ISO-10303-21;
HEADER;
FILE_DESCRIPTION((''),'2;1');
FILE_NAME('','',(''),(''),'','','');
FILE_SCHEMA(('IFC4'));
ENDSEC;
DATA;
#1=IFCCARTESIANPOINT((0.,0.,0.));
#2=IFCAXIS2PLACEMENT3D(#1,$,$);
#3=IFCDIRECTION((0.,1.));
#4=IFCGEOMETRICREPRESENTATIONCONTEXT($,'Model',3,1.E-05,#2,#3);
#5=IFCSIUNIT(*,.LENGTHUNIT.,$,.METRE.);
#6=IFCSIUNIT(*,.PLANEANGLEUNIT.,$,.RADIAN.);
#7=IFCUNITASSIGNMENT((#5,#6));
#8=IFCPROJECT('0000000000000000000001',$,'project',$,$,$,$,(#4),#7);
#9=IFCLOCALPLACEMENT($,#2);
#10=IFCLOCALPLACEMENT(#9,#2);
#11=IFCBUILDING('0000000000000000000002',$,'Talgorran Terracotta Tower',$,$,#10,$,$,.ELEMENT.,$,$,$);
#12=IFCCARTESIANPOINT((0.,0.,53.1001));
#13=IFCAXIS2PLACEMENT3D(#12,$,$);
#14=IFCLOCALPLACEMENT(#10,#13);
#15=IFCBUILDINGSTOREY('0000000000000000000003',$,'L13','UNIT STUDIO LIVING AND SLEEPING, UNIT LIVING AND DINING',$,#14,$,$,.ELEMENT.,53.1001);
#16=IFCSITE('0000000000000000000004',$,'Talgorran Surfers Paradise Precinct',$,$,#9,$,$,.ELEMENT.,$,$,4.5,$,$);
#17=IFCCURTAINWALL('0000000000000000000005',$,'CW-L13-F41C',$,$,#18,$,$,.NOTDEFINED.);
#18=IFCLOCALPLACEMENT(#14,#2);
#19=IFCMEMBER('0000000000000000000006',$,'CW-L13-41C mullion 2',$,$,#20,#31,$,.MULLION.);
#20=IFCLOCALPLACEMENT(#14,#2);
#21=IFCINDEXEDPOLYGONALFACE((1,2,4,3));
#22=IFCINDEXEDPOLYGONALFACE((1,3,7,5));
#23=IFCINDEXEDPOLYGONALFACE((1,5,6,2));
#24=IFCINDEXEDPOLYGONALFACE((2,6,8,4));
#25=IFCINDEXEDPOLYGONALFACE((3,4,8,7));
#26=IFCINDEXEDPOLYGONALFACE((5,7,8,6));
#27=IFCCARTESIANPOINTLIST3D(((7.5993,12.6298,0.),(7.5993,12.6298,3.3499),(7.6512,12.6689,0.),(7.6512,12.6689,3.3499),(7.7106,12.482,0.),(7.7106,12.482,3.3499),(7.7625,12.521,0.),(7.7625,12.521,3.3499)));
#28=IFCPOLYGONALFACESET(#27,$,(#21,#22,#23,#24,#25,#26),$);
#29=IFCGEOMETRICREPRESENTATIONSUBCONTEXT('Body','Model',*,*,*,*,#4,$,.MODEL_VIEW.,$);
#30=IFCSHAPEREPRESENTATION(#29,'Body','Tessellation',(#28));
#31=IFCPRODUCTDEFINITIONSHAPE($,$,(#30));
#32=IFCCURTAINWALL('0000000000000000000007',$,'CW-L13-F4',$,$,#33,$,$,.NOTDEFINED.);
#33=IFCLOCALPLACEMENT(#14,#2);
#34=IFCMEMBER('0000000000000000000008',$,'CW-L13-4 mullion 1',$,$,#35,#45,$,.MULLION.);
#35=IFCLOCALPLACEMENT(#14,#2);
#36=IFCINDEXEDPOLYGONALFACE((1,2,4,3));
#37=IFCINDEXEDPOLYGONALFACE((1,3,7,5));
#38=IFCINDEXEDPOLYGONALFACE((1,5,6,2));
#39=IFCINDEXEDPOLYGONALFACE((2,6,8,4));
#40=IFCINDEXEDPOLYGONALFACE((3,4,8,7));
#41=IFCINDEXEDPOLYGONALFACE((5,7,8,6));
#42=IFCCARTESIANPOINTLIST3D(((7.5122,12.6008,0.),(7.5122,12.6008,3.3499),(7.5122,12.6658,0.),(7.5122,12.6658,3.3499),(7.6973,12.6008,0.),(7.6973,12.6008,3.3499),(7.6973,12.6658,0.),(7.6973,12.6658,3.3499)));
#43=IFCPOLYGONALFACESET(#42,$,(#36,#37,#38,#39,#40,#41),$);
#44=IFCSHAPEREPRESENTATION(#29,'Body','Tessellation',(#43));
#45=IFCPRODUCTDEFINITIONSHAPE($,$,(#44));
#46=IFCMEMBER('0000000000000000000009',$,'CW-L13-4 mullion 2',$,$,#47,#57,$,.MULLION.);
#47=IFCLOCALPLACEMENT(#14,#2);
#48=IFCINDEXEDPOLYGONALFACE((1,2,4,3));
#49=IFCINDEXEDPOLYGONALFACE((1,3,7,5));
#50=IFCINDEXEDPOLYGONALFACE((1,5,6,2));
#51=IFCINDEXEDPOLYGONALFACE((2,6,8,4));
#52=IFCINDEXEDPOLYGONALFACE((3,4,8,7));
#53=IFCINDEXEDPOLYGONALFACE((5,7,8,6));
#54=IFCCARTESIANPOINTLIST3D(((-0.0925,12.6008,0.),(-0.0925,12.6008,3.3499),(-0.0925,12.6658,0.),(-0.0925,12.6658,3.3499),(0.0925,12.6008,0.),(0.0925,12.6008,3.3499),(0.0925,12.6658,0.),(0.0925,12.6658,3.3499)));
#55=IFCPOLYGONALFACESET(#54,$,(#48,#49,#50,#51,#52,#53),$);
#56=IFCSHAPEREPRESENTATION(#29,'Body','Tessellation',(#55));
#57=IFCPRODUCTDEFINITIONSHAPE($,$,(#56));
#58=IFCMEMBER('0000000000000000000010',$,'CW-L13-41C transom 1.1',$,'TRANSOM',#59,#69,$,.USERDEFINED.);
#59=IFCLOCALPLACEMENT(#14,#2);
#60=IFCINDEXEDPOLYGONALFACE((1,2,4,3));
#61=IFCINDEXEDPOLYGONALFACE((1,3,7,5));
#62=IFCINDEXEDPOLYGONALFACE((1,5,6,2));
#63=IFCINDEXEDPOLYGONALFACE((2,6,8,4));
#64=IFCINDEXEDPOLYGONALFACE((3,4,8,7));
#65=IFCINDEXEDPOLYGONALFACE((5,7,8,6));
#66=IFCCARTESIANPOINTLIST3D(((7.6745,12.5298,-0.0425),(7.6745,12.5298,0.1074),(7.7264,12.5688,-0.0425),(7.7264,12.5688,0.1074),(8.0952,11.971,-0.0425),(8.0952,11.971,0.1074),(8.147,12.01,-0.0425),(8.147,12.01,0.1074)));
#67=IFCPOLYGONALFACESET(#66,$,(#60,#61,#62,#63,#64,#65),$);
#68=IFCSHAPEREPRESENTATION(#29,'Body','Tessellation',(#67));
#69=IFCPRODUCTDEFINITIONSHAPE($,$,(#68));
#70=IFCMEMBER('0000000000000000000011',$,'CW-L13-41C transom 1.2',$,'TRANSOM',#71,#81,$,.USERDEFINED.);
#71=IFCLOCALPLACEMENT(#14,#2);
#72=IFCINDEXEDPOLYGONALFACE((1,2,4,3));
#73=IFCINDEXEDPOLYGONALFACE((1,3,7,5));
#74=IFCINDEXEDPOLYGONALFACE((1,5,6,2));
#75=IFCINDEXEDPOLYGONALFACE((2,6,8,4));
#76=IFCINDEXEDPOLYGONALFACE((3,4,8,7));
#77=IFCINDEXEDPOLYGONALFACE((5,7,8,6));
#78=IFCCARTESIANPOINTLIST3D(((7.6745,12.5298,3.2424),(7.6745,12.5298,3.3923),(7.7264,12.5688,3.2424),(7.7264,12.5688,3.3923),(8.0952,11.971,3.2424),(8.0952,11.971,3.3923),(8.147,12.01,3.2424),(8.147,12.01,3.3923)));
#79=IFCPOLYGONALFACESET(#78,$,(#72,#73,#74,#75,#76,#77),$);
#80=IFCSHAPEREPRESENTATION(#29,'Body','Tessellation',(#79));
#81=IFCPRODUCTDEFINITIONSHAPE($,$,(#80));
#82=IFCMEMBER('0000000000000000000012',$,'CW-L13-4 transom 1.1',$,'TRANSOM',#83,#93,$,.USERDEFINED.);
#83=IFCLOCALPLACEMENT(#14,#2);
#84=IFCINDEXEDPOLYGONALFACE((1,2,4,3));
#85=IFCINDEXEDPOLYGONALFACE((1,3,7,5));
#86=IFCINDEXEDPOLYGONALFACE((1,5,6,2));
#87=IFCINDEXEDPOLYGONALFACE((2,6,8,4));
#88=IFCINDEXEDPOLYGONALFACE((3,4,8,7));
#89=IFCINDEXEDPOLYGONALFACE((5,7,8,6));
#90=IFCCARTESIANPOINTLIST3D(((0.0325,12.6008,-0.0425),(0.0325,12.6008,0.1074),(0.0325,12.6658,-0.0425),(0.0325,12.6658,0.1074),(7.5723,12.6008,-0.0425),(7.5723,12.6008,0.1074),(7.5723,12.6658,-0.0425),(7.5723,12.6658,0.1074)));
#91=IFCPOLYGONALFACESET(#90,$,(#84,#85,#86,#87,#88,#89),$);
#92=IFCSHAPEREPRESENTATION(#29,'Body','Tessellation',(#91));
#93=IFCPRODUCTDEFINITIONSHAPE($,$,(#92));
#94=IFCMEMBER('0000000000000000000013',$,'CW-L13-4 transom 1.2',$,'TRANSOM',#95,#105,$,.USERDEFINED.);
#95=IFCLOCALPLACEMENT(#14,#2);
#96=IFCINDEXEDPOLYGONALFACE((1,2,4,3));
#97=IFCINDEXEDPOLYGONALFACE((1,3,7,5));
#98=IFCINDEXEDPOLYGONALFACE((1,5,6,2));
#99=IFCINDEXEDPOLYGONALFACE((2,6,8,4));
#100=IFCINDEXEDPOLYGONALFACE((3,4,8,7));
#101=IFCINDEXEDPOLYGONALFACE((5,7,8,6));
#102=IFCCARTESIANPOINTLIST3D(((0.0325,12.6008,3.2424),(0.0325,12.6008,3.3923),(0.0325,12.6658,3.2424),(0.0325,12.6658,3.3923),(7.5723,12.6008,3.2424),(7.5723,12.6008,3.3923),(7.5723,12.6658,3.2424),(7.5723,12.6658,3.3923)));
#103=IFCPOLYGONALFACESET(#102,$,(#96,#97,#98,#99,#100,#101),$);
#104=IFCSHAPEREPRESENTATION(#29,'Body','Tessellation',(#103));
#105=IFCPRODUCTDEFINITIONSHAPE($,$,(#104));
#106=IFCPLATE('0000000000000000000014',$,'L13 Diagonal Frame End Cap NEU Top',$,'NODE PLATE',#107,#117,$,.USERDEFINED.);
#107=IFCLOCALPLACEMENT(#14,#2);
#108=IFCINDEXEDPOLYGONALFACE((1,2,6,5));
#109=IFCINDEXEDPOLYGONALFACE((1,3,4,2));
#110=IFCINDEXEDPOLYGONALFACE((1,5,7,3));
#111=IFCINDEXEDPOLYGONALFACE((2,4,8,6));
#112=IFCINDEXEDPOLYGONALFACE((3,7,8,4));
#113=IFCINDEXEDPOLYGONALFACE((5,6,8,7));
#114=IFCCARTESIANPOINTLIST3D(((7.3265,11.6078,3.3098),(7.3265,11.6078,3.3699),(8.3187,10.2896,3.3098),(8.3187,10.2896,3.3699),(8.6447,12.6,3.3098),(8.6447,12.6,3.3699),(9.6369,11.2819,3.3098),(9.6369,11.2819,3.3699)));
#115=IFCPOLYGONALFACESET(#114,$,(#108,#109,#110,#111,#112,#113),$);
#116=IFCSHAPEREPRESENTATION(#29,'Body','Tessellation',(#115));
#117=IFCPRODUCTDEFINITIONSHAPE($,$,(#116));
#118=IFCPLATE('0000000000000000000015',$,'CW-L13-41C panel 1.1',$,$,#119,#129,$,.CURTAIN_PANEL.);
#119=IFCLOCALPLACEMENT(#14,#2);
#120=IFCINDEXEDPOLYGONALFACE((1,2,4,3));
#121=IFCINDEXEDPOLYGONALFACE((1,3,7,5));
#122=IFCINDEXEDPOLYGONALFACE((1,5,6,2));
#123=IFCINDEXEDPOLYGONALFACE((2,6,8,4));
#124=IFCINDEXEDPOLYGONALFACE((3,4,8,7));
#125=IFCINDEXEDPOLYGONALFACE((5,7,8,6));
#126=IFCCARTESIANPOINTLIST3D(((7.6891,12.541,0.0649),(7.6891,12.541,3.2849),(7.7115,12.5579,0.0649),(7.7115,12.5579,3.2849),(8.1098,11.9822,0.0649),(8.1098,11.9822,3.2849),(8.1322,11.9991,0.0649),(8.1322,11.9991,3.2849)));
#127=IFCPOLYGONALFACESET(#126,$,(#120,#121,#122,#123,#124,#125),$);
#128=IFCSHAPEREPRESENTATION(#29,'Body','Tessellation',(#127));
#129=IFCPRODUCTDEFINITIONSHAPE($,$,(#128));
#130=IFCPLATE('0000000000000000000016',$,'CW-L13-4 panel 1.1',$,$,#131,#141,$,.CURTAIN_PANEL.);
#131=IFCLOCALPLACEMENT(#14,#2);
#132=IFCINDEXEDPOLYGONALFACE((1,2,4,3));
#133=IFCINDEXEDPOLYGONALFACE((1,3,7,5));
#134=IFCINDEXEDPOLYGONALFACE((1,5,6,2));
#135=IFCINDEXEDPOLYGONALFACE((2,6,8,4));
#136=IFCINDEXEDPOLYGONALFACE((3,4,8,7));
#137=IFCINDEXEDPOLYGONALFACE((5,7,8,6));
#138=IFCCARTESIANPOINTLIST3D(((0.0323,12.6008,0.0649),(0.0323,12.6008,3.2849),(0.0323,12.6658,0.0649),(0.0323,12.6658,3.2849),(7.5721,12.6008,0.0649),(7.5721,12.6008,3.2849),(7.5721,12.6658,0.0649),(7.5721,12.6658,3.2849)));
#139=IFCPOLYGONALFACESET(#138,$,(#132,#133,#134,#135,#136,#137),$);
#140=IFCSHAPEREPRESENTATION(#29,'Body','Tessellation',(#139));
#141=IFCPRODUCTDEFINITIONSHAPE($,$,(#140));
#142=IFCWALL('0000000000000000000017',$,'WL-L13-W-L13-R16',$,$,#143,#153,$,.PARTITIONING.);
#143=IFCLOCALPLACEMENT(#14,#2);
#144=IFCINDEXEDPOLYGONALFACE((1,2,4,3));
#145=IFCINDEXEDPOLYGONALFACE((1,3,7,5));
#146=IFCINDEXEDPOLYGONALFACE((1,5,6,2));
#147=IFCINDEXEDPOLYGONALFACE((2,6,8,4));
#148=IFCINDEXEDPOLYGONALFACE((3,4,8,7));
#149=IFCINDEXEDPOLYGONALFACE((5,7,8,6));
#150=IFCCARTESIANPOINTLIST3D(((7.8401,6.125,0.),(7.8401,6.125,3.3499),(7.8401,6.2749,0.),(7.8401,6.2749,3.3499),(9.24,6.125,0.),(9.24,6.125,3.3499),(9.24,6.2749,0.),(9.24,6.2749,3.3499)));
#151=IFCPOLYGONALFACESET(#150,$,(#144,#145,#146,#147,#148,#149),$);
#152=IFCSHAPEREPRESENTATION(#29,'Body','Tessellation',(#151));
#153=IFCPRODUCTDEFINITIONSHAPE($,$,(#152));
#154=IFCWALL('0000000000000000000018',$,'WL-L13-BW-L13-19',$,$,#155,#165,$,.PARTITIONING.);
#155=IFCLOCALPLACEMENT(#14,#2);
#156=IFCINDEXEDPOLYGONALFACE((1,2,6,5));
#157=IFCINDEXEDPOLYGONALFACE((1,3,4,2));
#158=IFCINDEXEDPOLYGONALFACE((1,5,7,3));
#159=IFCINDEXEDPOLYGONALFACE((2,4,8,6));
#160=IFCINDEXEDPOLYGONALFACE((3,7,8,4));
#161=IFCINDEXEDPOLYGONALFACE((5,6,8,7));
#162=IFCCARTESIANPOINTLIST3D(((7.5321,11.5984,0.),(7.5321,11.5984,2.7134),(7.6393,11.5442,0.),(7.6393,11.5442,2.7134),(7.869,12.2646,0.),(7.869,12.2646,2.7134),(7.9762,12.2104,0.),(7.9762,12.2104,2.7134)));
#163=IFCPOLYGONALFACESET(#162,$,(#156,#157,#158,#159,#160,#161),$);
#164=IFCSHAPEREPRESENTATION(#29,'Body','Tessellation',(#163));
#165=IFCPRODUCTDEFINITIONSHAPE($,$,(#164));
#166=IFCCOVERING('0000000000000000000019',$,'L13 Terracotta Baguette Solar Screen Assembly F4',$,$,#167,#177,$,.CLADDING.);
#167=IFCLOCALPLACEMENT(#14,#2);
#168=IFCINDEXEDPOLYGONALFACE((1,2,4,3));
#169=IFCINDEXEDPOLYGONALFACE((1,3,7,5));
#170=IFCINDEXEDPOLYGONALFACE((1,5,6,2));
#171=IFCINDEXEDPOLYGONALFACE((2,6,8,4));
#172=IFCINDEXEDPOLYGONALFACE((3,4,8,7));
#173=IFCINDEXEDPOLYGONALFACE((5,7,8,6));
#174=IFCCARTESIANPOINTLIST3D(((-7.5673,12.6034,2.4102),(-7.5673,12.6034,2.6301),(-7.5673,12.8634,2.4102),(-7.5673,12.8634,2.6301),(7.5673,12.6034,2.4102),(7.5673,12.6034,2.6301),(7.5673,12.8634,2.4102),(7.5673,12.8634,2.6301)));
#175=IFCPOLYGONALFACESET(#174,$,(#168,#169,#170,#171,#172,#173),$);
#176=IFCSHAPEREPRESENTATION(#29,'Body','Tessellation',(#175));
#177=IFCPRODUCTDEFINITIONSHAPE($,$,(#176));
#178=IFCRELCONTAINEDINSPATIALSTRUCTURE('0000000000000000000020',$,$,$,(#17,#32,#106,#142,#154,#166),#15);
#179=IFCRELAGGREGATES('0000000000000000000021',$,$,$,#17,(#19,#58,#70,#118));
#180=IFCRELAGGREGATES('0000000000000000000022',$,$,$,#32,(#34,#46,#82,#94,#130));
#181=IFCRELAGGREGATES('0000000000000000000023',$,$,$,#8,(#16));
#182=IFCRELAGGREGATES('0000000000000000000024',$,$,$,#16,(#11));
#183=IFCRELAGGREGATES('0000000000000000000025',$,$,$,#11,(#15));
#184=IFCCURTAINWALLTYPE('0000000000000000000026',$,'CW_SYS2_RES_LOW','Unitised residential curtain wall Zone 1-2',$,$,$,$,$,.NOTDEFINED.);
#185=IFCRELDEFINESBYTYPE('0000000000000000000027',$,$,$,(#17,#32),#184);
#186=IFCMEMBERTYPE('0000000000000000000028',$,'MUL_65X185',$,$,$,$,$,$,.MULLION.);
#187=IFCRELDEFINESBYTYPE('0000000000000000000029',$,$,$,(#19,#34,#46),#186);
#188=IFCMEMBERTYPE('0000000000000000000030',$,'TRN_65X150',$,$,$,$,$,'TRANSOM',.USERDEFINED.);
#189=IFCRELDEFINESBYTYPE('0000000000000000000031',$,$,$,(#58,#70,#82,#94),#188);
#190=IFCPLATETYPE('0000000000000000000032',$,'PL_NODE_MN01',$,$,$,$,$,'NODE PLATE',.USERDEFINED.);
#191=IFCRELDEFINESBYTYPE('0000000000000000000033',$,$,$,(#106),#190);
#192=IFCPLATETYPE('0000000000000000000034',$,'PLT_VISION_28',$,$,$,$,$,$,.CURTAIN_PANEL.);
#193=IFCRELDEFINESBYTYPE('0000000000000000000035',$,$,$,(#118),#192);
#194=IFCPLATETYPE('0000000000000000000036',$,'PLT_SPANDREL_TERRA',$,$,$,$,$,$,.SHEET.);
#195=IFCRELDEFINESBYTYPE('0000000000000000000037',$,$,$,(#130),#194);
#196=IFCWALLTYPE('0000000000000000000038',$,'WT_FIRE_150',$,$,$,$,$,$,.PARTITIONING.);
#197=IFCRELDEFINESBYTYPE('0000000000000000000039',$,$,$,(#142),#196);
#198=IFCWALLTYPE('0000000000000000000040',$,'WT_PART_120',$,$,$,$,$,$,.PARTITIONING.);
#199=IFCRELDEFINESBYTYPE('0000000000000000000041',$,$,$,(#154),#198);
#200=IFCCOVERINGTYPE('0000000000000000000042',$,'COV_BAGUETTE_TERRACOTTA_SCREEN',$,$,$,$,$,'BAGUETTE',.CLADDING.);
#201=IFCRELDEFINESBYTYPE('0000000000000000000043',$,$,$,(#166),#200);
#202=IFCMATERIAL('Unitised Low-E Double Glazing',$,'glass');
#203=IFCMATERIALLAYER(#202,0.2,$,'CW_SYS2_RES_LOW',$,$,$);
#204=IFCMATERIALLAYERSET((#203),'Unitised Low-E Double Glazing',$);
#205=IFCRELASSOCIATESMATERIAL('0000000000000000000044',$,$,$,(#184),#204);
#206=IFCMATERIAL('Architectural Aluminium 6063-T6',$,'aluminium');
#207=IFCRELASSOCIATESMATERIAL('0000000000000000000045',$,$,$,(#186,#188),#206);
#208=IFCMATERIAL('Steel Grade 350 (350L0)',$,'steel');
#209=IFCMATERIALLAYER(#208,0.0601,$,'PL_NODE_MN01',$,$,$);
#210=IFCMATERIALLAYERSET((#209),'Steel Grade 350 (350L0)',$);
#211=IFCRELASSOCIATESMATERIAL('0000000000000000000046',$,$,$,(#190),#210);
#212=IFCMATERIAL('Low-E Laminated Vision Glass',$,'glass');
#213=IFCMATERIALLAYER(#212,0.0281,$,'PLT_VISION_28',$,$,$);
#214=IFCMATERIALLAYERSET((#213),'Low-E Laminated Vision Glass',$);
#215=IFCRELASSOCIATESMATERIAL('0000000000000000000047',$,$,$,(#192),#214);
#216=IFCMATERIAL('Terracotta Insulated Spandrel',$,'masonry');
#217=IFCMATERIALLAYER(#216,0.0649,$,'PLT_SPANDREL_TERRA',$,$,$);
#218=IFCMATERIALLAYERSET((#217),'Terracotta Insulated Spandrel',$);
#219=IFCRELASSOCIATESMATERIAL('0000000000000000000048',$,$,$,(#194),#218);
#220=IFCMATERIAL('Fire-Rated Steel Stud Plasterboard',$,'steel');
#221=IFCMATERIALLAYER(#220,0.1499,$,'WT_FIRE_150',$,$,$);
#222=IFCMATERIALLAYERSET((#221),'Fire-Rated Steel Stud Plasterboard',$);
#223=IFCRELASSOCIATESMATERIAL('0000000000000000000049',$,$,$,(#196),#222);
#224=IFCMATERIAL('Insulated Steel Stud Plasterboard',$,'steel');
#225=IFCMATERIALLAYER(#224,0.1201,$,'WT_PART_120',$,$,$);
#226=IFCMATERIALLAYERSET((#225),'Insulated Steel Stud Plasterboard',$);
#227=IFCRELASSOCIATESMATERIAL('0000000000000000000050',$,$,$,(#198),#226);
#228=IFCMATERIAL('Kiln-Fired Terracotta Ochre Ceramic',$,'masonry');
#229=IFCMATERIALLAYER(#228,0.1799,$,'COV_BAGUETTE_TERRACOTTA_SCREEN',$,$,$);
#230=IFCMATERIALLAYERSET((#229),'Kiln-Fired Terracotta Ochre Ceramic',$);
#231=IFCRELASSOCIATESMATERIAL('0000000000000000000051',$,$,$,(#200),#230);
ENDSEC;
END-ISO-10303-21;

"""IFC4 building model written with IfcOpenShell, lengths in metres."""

from ifc_helpers import new_model, si_unit, direction, frame, frame_2d, origin, origin_2d, place, context, subcontext, project, spatial, rectangle, extrude, source, transform, mapped, material, layer, layer_set, material_profile, profile_set, type_object, type_shapes, element, aggregate, save


model = new_model("IFC4")

# Units and contexts
model_context = context("Model", 3, precision=1e-05, world=origin(), true_north=direction((0.0, 1.0)))
body_context = subcontext(model_context, "Body", "Model", "MODEL_VIEW")
ifc_project = project(units=[si_unit("LENGTHUNIT", "METRE"), si_unit("PLANEANGLEUNIT", "RADIAN")], contexts=[model_context])

# Site, building, storey
site_placement = place(None, origin())
site = spatial("IfcSite", under=ifc_project, at=site_placement, Name="Talgorran Surfers Paradise Precinct", CompositionType="ELEMENT", RefElevation=4.5)
building_placement = place(site_placement, origin())
building = spatial("IfcBuilding", under=site, at=building_placement, Name="Talgorran Terracotta Tower", CompositionType="ELEMENT")
storey_placement = place(building_placement, frame((0.0, 0.0, 53.1001)))
storey = spatial("IfcBuildingStorey", under=building, at=storey_placement, Name="L13", Description="UNIT STUDIO LIVING AND SLEEPING, UNIT LIVING AND DINING", CompositionType="ELEMENT", Elevation=53.1001)

# Shared definitions
ifc_material_1 = material(Name="Steel Grade 350 (350L0)", Category="steel")

# Shared definitions
ifc_material_2 = material(Name="Unitised Low-E Double Glazing", Category="glass")
ifc_layer_1 = layer(ifc_material_2, 0.2, Name="CW_SYS2_RES_LOW")
ifc_layer_set_1 = layer_set([ifc_layer_1], Name="Unitised Low-E Double Glazing")
curtain_wall_type = type_object("IfcCurtainWallType", Name="CW_SYS2_RES_LOW", Description="Unitised residential curtain wall Zone 1-2", PredefinedType="NOTDEFINED", material=ifc_layer_set_1)
ifc_material_3 = material(Name="Architectural Aluminium 6063-T6", Category="aluminium")
ifc_material_profile_1 = material_profile(ifc_material_3, rectangle(XDim=0.0649, YDim=0.1851, at=origin_2d()), Name="CWM65X185")
ifc_profile_set_1 = profile_set([ifc_material_profile_1], Name="Architectural Aluminium 6063-T6")
member_type_1 = type_object("IfcMemberType", Name="MUL_65X185", PredefinedType="MULLION", material=ifc_profile_set_1)

# Curtain walls, members
curtain_wall_1_placement = place(storey_placement, origin())
curtain_wall_1 = element("IfcCurtainWall", 1, at=curtain_wall_1_placement, inside=storey, type_object=curtain_wall_type, Name="CW-L13-F41C", PredefinedType="NOTDEFINED")
member_1_placement = place(storey_placement, frame((7.6809, 12.5754, 0.0), z_axis=(0.0, 0.0, 1.0), x_axis=(-0.798914, -0.601446, 0.0)))
member_1 = element("IfcMember", 2, at=member_1_placement, type_object=member_type_1, Name="CW-L13-41C mullion 2", PredefinedType="MULLION", context=body_context, shape_type="SweptSolid", body=[
    extrude(rectangle(XDim=0.0649, YDim=0.1851, at=origin_2d()), origin(), (0.0, 0.0, 1.0), 3.3499),
])
curtain_wall_2_placement = place(storey_placement, origin())
curtain_wall_2 = element("IfcCurtainWall", 3, at=curtain_wall_2_placement, inside=storey, type_object=curtain_wall_type, Name="CW-L13-F4", PredefinedType="NOTDEFINED")
member_2_placement = place(storey_placement, frame((7.6047, 12.6333, 0.0), z_axis=(0.0, 0.0, 1.0), x_axis=(0.0, -1.0, 0.0)))
member_2 = element("IfcMember", 4, at=member_2_placement, type_object=member_type_1, Name="CW-L13-4 mullion 1", PredefinedType="MULLION", context=body_context, shape_type="SweptSolid", body=[
    extrude(rectangle(XDim=0.0649, YDim=0.1851, at=origin_2d()), origin(), (0.0, 0.0, 1.0), 3.3499),
])
member_3_placement = place(storey_placement, frame((0.0, 12.6333, 0.0), z_axis=(0.0, 0.0, 1.0), x_axis=(0.0, -1.0, 0.0)))
member_3 = element("IfcMember", 5, at=member_3_placement, type_object=member_type_1, Name="CW-L13-4 mullion 2", PredefinedType="MULLION", context=body_context, shape_type="SweptSolid", body=[
    extrude(rectangle(XDim=0.0649, YDim=0.1851, at=origin_2d()), origin(), (0.0, 0.0, 1.0), 3.3499),
])

# Members
ifc_material_profile_2 = material_profile(ifc_material_3, rectangle(XDim=0.0649, YDim=0.1499, at=origin_2d()), Name="CWT65X150")
ifc_profile_set_2 = profile_set([ifc_material_profile_2], Name="Architectural Aluminium 6063-T6")
member_type_2 = type_object("IfcMemberType", Name="TRN_65X150", ElementType="TRANSOM", PredefinedType="USERDEFINED", material=ifc_profile_set_2)
member_4_placement = place(storey_placement, frame((8.1211, 11.9905, 0.0325), z_axis=(-0.601395, 0.798952, 0.0), x_axis=(-0.798952, -0.601395, 0.0)))
member_4 = element("IfcMember", 6, at=member_4_placement, type_object=member_type_2, Name="CW-L13-41C transom 1.1", ObjectType="TRANSOM", PredefinedType="USERDEFINED", context=body_context, shape_type="SweptSolid", body=[
    extrude(rectangle(XDim=0.0649, YDim=0.1499, at=origin_2d()), origin(), (0.0, 0.0, 1.0), 0.6995),
])
member_5_placement = place(storey_placement, frame((8.1211, 11.9905, 3.3174), z_axis=(-0.601395, 0.798952, 0.0), x_axis=(-0.798952, -0.601395, 0.0)))
member_5 = element("IfcMember", 7, at=member_5_placement, type_object=member_type_2, Name="CW-L13-41C transom 1.2", ObjectType="TRANSOM", PredefinedType="USERDEFINED", context=body_context, shape_type="SweptSolid", body=[
    extrude(rectangle(XDim=0.0649, YDim=0.1499, at=origin_2d()), origin(), (0.0, 0.0, 1.0), 0.6995),
])
member_6_placement = place(storey_placement, frame((7.5723, 12.6333, 0.0325), z_axis=(-1.0, 0.0, 0.0), x_axis=(0.0, -1.0, 0.0)))
member_6 = element("IfcMember", 8, at=member_6_placement, type_object=member_type_2, Name="CW-L13-4 transom 1.1", ObjectType="TRANSOM", PredefinedType="USERDEFINED", context=body_context, shape_type="SweptSolid", body=[
    extrude(rectangle(XDim=0.0649, YDim=0.1499, at=origin_2d()), origin(), (0.0, 0.0, 1.0), 7.5398),
])
member_7_placement = place(storey_placement, frame((7.5723, 12.6333, 3.3174), z_axis=(-1.0, 0.0, 0.0), x_axis=(0.0, -1.0, 0.0)))
member_7 = element("IfcMember", 9, at=member_7_placement, type_object=member_type_2, Name="CW-L13-4 transom 1.2", ObjectType="TRANSOM", PredefinedType="USERDEFINED", context=body_context, shape_type="SweptSolid", body=[
    extrude(rectangle(XDim=0.0649, YDim=0.1499, at=origin_2d()), origin(), (0.0, 0.0, 1.0), 7.5398),
])

# Plates
ifc_layer_2 = layer(ifc_material_1, 0.0601, Name="PL_NODE_MN01")
ifc_layer_set_2 = layer_set([ifc_layer_2], Name="Steel Grade 350 (350L0)")
plate_type_1 = type_object("IfcPlateType", Name="PL_NODE_MN01", ElementType="NODE PLATE", PredefinedType="USERDEFINED", material=ifc_layer_set_2)
plate_1_placement = place(storey_placement, frame((8.4817, 11.4448, 3.3098), z_axis=(0.0, 0.0, 1.0), x_axis=(-0.601397, 0.798951, 0.0)))
element("IfcPlate", 10, at=plate_1_placement, inside=storey, type_object=plate_type_1, Name="L13 Diagonal Frame End Cap NEU Top", ObjectType="NODE PLATE", PredefinedType="USERDEFINED", context=body_context, shape_type="SweptSolid", body=[
    extrude(rectangle(XDim=1.6499, YDim=1.6499, at=origin_2d()), origin(), (0.0, 0.0, 1.0), 0.0601),
])
ifc_material_4 = material(Name="Low-E Laminated Vision Glass", Category="glass")
ifc_layer_3 = layer(ifc_material_4, 0.0281, Name="PLT_VISION_28")
ifc_layer_set_3 = layer_set([ifc_layer_3], Name="Low-E Laminated Vision Glass")
plate_type_2 = type_object("IfcPlateType", Name="PLT_VISION_28", PredefinedType="CURTAIN_PANEL", material=ifc_layer_set_3)
shared_shape_1 = source(origin(), body_context, "Body", "SweptSolid", [
    extrude(rectangle(XDim=0.6995, YDim=0.0281, at=origin_2d()), origin(), (0.0, 0.0, 1.0), 3.22),
])
type_shapes(plate_type_2, [shared_shape_1])
plate_2_placement = place(storey_placement, frame((7.9106, 12.27, 0.0649), z_axis=(0.0, 0.0, 1.0), x_axis=(-0.601446, 0.798914, 0.0)))
plate_2 = element("IfcPlate", 11, at=plate_2_placement, type_object=plate_type_2, Name="CW-L13-41C panel 1.1", PredefinedType="CURTAIN_PANEL", context=body_context, shape_type="MappedRepresentation", body=[
    mapped(shared_shape_1, transform((0.0, 0.0, 0.0), scale=1.0)),
])
aggregate(curtain_wall_1, [member_1, member_4, member_5, plate_2])
ifc_material_5 = material(Name="Terracotta Insulated Spandrel", Category="masonry")
ifc_layer_4 = layer(ifc_material_5, 0.0649, Name="PLT_SPANDREL_TERRA")
ifc_layer_set_4 = layer_set([ifc_layer_4], Name="Terracotta Insulated Spandrel")
plate_type_3 = type_object("IfcPlateType", Name="PLT_SPANDREL_TERRA", PredefinedType="SHEET", material=ifc_layer_set_4)
shared_shape_2 = source(origin(), body_context, "Body", "SweptSolid", [
    extrude(rectangle(XDim=7.5398, YDim=0.0649, at=origin_2d()), origin(), (0.0, 0.0, 1.0), 3.22),
])
type_shapes(plate_type_3, [shared_shape_2])
plate_3_placement = place(storey_placement, frame((3.8022, 12.6333, 0.0649), z_axis=(0.0, 0.0, 1.0), x_axis=(-1.0, 0.0, 0.0)))
plate_3 = element("IfcPlate", 12, at=plate_3_placement, type_object=plate_type_3, Name="CW-L13-4 panel 1.1", PredefinedType="CURTAIN_PANEL", context=body_context, shape_type="MappedRepresentation", body=[
    mapped(shared_shape_2, transform((0.0, 0.0, 0.0), scale=1.0)),
])
aggregate(curtain_wall_2, [member_2, member_3, member_6, member_7, plate_3])

# Walls
ifc_material_6 = material(Name="Fire-Rated Steel Stud Plasterboard", Category="steel")
ifc_layer_5 = layer(ifc_material_6, 0.1499, Name="WT_FIRE_150")
ifc_layer_set_5 = layer_set([ifc_layer_5], Name="Fire-Rated Steel Stud Plasterboard")
wall_type_1 = type_object("IfcWallType", Name="WT_FIRE_150", PredefinedType="PARTITIONING", material=ifc_layer_set_5)
wall_1_placement = place(storey_placement, frame((7.8401, 6.2, 0.0), z_axis=(0.0, 0.0, 1.0), x_axis=(1.0, 0.0, 0.0)))
element("IfcWall", 13, at=wall_1_placement, inside=storey, type_object=wall_type_1, Name="WL-L13-W-L13-R16", PredefinedType="PARTITIONING", context=body_context, shape_type="SweptSolid", body=[
    extrude(rectangle(XDim=1.3999, YDim=0.1499, at=frame_2d((0.7, 0.0))), origin(), (0.0, 0.0, 1.0), 3.3499),
])
ifc_material_7 = material(Name="Insulated Steel Stud Plasterboard", Category="steel")
ifc_layer_6 = layer(ifc_material_7, 0.1201, Name="WT_PART_120")
ifc_layer_set_6 = layer_set([ifc_layer_6], Name="Insulated Steel Stud Plasterboard")
wall_type_2 = type_object("IfcWallType", Name="WT_PART_120", PredefinedType="PARTITIONING", material=ifc_layer_set_6)
wall_2_placement = place(storey_placement, frame((7.5857, 11.5713, 0.0), z_axis=(0.0, 0.0, 1.0), x_axis=(0.451264, 0.892391, 0.0)))
element("IfcWall", 14, at=wall_2_placement, inside=storey, type_object=wall_type_2, Name="WL-L13-BW-L13-19", PredefinedType="PARTITIONING", context=body_context, shape_type="SweptSolid", body=[
    extrude(rectangle(XDim=0.7466, YDim=0.1201, at=frame_2d((0.3733, 0.0))), origin(), (0.0, 0.0, 1.0), 2.7134),
])

# Covering
ifc_material_8 = material(Name="Kiln-Fired Terracotta Ochre Ceramic", Category="masonry")
ifc_layer_7 = layer(ifc_material_8, 0.1799, Name="COV_BAGUETTE_TERRACOTTA_SCREEN")
ifc_layer_set_7 = layer_set([ifc_layer_7], Name="Kiln-Fired Terracotta Ochre Ceramic")
covering_type_1 = type_object("IfcCoveringType", Name="COV_BAGUETTE_TERRACOTTA_SCREEN", ElementType="BAGUETTE", PredefinedType="CLADDING", material=ifc_layer_set_7)
covering_1_placement = place(storey_placement, frame((0.0, 12.7334, 2.4102), z_axis=(0.0, 0.0, 1.0), x_axis=(-1.0, 0.0, 0.0)))
element("IfcCovering", 15, at=covering_1_placement, inside=storey, type_object=covering_type_1, Name="L13 Terracotta Baguette Solar Screen Assembly F4", PredefinedType="CLADDING", context=body_context, shape_type="SweptSolid", body=[
    extrude(rectangle(XDim=15.1345, YDim=0.26, at=origin_2d()), origin(), (0.0, 0.0, 1.0), 0.22),
])

save(model, "model.ifc")
